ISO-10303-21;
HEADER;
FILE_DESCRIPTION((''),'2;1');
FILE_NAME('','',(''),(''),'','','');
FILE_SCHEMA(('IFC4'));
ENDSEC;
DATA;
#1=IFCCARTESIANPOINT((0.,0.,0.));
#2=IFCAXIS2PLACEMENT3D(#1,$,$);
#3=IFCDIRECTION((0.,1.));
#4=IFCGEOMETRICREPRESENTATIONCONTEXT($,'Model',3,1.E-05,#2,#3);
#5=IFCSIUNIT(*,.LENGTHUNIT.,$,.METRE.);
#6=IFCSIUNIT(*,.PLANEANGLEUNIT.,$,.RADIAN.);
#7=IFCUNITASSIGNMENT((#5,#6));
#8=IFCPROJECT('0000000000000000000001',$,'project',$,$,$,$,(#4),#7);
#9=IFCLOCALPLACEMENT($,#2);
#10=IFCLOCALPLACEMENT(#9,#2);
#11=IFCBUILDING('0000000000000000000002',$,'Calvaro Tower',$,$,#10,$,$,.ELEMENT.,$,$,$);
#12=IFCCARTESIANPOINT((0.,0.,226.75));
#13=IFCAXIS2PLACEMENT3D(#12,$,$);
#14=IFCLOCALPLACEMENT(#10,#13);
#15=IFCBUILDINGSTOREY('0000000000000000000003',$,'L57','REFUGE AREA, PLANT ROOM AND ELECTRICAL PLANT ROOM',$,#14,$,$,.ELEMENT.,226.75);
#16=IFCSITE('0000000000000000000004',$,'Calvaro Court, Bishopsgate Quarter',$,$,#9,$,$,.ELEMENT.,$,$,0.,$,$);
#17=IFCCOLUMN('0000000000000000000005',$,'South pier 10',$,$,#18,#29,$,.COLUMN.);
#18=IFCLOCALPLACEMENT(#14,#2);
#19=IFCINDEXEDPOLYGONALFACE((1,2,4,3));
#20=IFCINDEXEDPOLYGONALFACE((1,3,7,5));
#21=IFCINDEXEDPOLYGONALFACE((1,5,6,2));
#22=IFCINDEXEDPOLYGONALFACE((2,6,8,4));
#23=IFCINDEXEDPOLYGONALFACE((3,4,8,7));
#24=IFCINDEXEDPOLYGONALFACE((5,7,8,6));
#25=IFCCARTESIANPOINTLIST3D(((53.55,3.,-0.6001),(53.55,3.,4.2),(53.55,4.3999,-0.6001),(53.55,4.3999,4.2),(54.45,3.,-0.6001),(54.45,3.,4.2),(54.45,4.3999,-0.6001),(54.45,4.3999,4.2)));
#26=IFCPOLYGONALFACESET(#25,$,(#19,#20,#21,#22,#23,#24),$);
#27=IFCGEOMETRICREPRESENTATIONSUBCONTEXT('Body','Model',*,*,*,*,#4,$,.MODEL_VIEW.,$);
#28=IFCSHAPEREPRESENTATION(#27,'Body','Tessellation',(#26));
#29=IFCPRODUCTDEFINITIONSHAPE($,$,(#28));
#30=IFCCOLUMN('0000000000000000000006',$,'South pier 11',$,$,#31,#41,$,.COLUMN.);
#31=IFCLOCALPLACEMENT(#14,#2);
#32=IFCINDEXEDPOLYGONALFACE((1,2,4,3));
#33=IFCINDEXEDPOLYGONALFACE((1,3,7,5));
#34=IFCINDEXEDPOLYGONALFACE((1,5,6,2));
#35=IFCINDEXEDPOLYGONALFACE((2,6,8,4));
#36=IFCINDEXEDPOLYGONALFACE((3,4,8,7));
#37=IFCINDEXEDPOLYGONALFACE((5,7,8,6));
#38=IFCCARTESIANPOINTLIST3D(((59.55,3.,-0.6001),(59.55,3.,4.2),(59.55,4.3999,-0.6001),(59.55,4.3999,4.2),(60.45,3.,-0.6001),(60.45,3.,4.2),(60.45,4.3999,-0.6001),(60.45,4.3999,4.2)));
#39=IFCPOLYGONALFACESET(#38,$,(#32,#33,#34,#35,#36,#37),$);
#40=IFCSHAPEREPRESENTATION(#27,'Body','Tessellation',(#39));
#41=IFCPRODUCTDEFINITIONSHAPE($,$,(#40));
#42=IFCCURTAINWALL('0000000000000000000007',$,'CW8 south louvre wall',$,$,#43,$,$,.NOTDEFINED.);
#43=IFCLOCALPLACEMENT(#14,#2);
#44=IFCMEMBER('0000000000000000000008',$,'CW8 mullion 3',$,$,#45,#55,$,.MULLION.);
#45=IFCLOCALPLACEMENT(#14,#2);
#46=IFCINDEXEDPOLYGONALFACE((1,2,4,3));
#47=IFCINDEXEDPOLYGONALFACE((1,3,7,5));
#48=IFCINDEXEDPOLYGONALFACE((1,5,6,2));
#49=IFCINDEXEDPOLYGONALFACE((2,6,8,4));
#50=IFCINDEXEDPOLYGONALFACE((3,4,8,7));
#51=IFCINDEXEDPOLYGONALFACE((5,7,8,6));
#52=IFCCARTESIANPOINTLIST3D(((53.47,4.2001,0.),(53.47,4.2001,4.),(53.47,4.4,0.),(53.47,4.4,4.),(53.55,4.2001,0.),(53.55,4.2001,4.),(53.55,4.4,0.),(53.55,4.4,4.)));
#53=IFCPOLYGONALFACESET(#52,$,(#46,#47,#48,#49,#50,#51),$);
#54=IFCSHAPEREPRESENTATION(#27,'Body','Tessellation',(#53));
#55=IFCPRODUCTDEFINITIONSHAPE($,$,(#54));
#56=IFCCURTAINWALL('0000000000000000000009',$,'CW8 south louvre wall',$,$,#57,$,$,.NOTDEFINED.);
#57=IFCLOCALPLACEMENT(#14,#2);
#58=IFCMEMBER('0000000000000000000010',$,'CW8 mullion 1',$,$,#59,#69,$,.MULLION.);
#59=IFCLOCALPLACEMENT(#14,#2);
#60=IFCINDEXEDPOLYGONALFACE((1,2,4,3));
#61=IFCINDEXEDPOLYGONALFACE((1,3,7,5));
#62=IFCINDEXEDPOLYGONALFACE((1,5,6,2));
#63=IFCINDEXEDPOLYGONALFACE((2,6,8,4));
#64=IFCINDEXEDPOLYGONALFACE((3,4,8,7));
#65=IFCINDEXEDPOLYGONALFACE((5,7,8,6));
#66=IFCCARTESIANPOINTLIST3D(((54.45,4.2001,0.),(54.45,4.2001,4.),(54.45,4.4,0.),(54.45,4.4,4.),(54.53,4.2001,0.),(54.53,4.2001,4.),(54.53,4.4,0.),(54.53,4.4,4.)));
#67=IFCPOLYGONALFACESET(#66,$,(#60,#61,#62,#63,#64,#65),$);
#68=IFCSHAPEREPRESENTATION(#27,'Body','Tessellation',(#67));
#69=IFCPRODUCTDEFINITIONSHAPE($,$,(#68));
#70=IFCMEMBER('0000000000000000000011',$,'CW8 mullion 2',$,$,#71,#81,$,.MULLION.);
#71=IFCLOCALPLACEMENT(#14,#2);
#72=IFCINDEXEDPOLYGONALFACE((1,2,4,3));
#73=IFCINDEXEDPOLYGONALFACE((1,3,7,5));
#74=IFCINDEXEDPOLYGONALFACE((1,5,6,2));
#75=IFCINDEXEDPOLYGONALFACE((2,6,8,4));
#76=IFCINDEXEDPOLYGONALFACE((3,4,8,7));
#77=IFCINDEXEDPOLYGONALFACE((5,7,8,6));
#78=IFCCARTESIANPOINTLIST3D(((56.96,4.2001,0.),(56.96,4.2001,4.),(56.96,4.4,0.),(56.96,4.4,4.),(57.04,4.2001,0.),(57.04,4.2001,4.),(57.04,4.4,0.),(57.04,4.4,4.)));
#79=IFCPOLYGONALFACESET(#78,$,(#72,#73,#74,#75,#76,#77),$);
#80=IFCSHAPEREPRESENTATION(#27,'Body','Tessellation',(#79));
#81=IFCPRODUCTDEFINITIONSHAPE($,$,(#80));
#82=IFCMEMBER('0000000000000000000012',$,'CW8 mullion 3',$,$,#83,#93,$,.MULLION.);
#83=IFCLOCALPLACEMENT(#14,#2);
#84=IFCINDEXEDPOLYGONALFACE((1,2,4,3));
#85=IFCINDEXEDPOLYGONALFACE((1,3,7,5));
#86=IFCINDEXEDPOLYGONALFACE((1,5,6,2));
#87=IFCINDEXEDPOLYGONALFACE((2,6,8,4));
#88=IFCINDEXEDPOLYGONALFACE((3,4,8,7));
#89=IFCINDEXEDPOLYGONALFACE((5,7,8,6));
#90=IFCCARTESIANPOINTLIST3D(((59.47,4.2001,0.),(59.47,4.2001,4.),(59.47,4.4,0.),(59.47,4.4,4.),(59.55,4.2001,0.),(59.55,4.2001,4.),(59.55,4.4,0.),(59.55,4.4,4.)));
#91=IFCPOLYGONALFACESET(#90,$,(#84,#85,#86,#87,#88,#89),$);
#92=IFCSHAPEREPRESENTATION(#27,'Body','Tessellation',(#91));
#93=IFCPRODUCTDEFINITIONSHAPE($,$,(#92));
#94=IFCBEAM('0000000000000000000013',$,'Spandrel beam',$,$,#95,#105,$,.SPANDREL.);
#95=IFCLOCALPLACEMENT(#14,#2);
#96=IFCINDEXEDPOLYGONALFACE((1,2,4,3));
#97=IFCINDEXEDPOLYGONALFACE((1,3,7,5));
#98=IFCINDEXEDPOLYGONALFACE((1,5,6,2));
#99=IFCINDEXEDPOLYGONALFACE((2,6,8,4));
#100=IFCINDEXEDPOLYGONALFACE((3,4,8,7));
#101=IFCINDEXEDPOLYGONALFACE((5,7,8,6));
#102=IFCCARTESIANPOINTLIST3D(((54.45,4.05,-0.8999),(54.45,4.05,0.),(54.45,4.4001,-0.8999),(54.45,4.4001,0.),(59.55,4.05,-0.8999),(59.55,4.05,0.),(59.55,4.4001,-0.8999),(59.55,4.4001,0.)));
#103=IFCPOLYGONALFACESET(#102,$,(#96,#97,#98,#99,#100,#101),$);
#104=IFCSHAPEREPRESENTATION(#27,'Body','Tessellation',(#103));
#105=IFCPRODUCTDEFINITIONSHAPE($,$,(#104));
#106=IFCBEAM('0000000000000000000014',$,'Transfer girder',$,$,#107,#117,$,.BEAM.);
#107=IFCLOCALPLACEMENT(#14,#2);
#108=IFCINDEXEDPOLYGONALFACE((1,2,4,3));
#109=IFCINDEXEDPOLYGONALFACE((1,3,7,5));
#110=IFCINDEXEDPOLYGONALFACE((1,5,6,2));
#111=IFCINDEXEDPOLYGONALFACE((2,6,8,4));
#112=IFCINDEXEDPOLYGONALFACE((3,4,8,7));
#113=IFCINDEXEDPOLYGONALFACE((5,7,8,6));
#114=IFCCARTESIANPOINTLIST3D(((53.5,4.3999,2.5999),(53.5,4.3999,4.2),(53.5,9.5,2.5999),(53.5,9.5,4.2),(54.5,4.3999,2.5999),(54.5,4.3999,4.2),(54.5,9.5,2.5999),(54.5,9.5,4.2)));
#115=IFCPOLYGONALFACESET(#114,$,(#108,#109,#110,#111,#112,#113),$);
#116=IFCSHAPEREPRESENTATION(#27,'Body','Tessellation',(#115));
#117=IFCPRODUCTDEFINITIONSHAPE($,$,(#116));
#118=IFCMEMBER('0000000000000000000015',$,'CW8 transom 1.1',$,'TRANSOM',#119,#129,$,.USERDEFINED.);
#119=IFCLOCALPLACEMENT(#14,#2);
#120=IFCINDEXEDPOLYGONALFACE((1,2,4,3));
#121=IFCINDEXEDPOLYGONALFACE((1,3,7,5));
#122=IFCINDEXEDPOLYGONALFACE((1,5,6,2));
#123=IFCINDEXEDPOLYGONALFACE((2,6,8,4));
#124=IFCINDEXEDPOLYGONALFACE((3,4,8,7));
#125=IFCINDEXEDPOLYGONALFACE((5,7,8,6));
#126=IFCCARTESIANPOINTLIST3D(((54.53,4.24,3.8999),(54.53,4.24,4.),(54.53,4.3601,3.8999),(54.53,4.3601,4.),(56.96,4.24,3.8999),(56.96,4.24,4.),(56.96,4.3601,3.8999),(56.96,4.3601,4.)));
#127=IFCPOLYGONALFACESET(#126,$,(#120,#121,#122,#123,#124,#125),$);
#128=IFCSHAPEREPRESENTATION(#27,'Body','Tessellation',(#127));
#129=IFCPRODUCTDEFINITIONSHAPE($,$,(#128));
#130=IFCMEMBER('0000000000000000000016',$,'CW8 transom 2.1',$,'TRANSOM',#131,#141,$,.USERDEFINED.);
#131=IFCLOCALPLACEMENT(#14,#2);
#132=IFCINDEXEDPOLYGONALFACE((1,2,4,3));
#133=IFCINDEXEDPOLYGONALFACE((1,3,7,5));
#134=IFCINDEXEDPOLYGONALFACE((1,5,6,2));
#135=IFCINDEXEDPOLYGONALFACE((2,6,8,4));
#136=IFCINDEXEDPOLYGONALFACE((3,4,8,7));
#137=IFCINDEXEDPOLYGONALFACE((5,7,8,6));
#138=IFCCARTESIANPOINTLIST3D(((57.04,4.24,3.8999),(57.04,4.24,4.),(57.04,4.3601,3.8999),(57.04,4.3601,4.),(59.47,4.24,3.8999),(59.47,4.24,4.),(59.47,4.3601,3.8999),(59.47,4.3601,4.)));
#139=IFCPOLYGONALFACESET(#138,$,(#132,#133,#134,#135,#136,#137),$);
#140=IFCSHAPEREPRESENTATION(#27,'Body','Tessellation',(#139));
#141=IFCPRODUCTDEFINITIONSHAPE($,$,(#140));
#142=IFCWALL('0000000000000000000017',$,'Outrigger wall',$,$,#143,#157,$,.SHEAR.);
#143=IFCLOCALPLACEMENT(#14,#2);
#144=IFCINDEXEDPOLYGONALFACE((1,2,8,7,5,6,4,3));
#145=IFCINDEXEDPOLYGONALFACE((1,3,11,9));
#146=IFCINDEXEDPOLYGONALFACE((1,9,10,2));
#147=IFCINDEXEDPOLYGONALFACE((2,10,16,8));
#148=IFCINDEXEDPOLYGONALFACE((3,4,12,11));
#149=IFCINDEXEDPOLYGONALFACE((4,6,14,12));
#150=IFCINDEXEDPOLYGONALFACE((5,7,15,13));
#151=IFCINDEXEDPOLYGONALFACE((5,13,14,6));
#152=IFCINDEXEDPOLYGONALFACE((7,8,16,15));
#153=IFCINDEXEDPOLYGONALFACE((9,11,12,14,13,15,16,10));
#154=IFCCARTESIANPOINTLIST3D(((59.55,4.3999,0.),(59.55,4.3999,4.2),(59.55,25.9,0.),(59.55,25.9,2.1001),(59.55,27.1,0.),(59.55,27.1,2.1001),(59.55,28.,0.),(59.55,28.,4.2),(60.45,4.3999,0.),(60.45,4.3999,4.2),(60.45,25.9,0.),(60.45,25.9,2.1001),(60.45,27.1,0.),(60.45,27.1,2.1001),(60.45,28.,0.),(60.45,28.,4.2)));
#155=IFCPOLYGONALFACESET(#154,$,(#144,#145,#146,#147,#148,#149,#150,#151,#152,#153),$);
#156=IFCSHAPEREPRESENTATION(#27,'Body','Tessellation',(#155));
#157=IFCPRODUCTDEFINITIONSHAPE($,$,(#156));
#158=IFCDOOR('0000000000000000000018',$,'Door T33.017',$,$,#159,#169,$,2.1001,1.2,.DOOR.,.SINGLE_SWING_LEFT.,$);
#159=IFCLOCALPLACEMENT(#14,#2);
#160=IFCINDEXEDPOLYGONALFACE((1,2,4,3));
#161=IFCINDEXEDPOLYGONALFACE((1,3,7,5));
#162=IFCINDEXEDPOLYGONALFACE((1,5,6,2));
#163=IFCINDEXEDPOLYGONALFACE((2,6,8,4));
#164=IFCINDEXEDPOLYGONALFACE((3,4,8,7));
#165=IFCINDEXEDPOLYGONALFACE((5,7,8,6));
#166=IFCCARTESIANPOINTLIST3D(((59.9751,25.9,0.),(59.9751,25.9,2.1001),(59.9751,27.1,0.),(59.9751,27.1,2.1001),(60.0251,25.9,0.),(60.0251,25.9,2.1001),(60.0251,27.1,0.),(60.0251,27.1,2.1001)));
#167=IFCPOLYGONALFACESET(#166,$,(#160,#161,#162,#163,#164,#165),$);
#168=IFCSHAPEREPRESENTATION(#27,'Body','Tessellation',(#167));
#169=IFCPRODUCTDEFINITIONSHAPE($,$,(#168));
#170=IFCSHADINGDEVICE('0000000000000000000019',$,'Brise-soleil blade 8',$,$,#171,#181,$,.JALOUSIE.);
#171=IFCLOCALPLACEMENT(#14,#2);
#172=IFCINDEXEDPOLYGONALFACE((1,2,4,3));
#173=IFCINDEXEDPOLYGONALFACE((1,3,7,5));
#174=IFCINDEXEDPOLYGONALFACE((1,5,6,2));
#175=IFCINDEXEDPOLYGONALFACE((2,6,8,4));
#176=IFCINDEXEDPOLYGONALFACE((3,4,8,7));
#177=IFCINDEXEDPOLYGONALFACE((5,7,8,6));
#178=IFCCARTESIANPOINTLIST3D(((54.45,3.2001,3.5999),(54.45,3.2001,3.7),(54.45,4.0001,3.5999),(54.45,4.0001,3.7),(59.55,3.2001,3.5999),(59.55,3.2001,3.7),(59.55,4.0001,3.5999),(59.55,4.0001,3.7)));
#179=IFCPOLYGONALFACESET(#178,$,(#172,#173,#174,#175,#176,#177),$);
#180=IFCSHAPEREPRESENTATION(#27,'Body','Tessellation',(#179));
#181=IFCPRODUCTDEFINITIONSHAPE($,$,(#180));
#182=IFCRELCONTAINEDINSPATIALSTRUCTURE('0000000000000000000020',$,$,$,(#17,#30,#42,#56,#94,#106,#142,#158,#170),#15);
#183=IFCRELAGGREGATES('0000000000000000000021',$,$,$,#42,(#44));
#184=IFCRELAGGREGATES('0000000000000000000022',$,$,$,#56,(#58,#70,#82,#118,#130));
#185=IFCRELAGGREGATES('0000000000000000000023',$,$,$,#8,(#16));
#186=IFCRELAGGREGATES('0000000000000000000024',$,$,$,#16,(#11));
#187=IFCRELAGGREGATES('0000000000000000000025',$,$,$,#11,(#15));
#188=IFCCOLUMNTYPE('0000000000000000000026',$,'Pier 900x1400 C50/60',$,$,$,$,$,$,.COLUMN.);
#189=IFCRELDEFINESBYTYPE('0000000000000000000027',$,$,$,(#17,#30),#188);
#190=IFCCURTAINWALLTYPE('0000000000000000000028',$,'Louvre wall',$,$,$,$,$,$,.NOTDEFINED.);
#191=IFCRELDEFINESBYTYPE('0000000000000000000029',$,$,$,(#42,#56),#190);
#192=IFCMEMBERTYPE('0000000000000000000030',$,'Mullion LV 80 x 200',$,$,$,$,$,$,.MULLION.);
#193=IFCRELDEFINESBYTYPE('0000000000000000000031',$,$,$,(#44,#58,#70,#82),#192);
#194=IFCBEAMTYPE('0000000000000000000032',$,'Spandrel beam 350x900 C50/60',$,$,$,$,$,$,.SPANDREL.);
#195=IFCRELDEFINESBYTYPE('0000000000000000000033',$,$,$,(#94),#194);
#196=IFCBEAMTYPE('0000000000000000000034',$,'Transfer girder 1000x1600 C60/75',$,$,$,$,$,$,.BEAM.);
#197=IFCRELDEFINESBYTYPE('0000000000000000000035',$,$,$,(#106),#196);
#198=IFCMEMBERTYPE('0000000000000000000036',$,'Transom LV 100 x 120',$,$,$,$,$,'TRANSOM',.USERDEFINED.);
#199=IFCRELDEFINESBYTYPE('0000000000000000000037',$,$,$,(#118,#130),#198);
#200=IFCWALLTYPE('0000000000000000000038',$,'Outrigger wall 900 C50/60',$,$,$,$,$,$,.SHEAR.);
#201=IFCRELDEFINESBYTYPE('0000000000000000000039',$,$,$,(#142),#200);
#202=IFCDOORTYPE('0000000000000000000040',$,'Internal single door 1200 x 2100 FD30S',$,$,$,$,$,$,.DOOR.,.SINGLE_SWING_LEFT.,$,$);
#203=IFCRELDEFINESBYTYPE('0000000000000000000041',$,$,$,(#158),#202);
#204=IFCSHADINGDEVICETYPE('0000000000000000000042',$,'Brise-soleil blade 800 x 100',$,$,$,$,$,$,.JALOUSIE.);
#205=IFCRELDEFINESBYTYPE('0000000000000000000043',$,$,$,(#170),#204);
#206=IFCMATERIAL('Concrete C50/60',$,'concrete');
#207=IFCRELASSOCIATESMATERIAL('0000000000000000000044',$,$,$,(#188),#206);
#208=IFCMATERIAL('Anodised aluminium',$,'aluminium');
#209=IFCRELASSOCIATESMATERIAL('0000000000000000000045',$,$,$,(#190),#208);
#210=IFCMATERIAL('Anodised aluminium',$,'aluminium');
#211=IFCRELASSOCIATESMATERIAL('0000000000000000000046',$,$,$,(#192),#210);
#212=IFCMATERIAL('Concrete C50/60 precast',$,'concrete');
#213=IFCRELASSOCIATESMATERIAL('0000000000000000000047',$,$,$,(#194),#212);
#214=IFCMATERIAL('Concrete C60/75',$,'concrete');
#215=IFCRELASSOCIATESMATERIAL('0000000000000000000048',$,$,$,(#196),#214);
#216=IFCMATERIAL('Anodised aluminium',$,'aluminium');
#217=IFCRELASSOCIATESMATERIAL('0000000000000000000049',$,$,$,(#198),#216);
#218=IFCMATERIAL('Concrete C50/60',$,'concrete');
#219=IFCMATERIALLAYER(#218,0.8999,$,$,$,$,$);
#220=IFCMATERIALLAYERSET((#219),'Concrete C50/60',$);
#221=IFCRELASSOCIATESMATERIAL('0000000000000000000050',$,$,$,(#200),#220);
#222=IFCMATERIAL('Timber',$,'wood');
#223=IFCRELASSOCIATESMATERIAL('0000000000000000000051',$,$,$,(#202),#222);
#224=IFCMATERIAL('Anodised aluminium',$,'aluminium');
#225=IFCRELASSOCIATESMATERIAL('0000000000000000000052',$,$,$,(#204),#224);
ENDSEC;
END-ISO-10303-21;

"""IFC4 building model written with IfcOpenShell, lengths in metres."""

from ifc_helpers import new_model, si_unit, direction, frame, frame_2d, origin, origin_2d, place, context, subcontext, project, spatial, rectangle, extrude, material, layer, layer_set, material_profile, profile_set, type_object, element, fill, aggregate, save


model = new_model("IFC4")

# Units and contexts
model_context = context("Model", 3, precision=1e-05, world=origin(), true_north=direction((0.0, 1.0)))
body_context = subcontext(model_context, "Body", "Model", "MODEL_VIEW")
ifc_project = project(units=[si_unit("LENGTHUNIT", "METRE"), si_unit("PLANEANGLEUNIT", "RADIAN")], contexts=[model_context])

# Site, building, storey
site_placement = place(None, origin())
site = spatial("IfcSite", under=ifc_project, at=site_placement, Name="Calvaro Court, Bishopsgate Quarter", CompositionType="ELEMENT", RefElevation=0.0)
building_placement = place(site_placement, origin())
building = spatial("IfcBuilding", under=site, at=building_placement, Name="Calvaro Tower", CompositionType="ELEMENT")
storey_placement = place(building_placement, frame((0.0, 0.0, 226.75)))
storey = spatial("IfcBuildingStorey", under=building, at=storey_placement, Name="L57", Description="REFUGE AREA, PLANT ROOM AND ELECTRICAL PLANT ROOM", CompositionType="ELEMENT", Elevation=226.75)

# Columns
ifc_material_1 = material(Name="Concrete C50/60", Category="concrete")
ifc_material_profile_1 = material_profile(ifc_material_1, rectangle(XDim=0.8999, YDim=1.3999, at=origin_2d()), Name="RC 900x1400")
ifc_profile_set_1 = profile_set([ifc_material_profile_1], Name="Concrete C50/60")
column_type = type_object("IfcColumnType", Name="Pier 900x1400 C50/60", PredefinedType="COLUMN", material=ifc_profile_set_1)
for number, where, z_axis, x_axis, name in (
    (1, (54.0, 3.7, -0.6001), (0.0, 0.0, 1.0), (1.0, 0.0, 0.0), "South pier 10"),
    (2, (60.0, 3.7, -0.6001), (0.0, 0.0, 1.0), (1.0, 0.0, 0.0), "South pier 11"),
):
    element("IfcColumn", number, at=place(storey_placement, frame(where, z_axis=z_axis, x_axis=x_axis)), inside=storey, type_object=column_type, Name=name, PredefinedType="COLUMN", context=body_context, shape_type="SweptSolid", body=[
        extrude(rectangle(XDim=0.8999, YDim=1.3999, at=origin_2d()), origin(), (0.0, 0.0, 1.0), 4.8),
    ])

# Curtain wall, member
ifc_material_2 = material(Name="Anodised aluminium", Category="aluminium")
curtain_wall_type = type_object("IfcCurtainWallType", Name="Louvre wall", PredefinedType="NOTDEFINED", material=ifc_material_2)
curtain_wall_1_placement = place(storey_placement, origin())
curtain_wall_1 = element("IfcCurtainWall", 3, at=curtain_wall_1_placement, inside=storey, type_object=curtain_wall_type, Name="CW8 south louvre wall", PredefinedType="NOTDEFINED")
ifc_material_3 = material(Name="Anodised aluminium", Category="aluminium")
ifc_material_profile_2 = material_profile(ifc_material_3, rectangle(XDim=0.2, YDim=0.0801, at=origin_2d()), Name="Mullion LV 80 x 200")
ifc_profile_set_2 = profile_set([ifc_material_profile_2], Name="Anodised aluminium")
member_type_1 = type_object("IfcMemberType", Name="Mullion LV 80 x 200", PredefinedType="MULLION", material=ifc_profile_set_2)
member_1_placement = place(storey_placement, frame((53.51, 4.3, 0.0), z_axis=(0.0, 0.0, 1.0), x_axis=(0.0, 1.0, 0.0)))
member_1 = element("IfcMember", 4, at=member_1_placement, type_object=member_type_1, Name="CW8 mullion 3", PredefinedType="MULLION", context=body_context, shape_type="SweptSolid", body=[
    extrude(rectangle(XDim=0.2, YDim=0.0801, at=origin_2d()), origin(), (0.0, 0.0, 1.0), 4.0),
])
aggregate(curtain_wall_1, [member_1])

# Curtain wall, members
curtain_wall_2_placement = place(storey_placement, origin())
curtain_wall_2 = element("IfcCurtainWall", 5, at=curtain_wall_2_placement, inside=storey, type_object=curtain_wall_type, Name="CW8 south louvre wall", PredefinedType="NOTDEFINED")
member_2_placement = place(storey_placement, frame((54.49, 4.3, 0.0), z_axis=(0.0, 0.0, 1.0), x_axis=(0.0, 1.0, 0.0)))
member_2 = element("IfcMember", 6, at=member_2_placement, type_object=member_type_1, Name="CW8 mullion 1", PredefinedType="MULLION", context=body_context, shape_type="SweptSolid", body=[
    extrude(rectangle(XDim=0.2, YDim=0.0801, at=origin_2d()), origin(), (0.0, 0.0, 1.0), 4.0),
])
member_3_placement = place(storey_placement, frame((57.0, 4.3, 0.0), z_axis=(0.0, 0.0, 1.0), x_axis=(0.0, 1.0, 0.0)))
member_3 = element("IfcMember", 7, at=member_3_placement, type_object=member_type_1, Name="CW8 mullion 2", PredefinedType="MULLION", context=body_context, shape_type="SweptSolid", body=[
    extrude(rectangle(XDim=0.2, YDim=0.0801, at=origin_2d()), origin(), (0.0, 0.0, 1.0), 4.0),
])
member_4_placement = place(storey_placement, frame((59.51, 4.3, 0.0), z_axis=(0.0, 0.0, 1.0), x_axis=(0.0, 1.0, 0.0)))
member_4 = element("IfcMember", 8, at=member_4_placement, type_object=member_type_1, Name="CW8 mullion 3", PredefinedType="MULLION", context=body_context, shape_type="SweptSolid", body=[
    extrude(rectangle(XDim=0.2, YDim=0.0801, at=origin_2d()), origin(), (0.0, 0.0, 1.0), 4.0),
])

# Beams
ifc_material_4 = material(Name="Concrete C50/60 precast", Category="concrete")
ifc_material_profile_3 = material_profile(ifc_material_4, rectangle(XDim=0.3501, YDim=0.8999, at=origin_2d()), Name="RC 350x900")
ifc_profile_set_3 = profile_set([ifc_material_profile_3], Name="Concrete C50/60 precast")
beam_type_1 = type_object("IfcBeamType", Name="Spandrel beam 350x900 C50/60", PredefinedType="SPANDREL", material=ifc_profile_set_3)
beam_1_placement = place(storey_placement, frame((54.45, 4.2251, -0.45), z_axis=(1.0, 0.0, 0.0), x_axis=(0.0, 1.0, 0.0)))
element("IfcBeam", 9, at=beam_1_placement, inside=storey, type_object=beam_type_1, Name="Spandrel beam", PredefinedType="SPANDREL", context=body_context, shape_type="SweptSolid", body=[
    extrude(rectangle(XDim=0.3501, YDim=0.8999, at=origin_2d()), origin(), (0.0, 0.0, 1.0), 5.1001),
])
ifc_material_5 = material(Name="Concrete C60/75", Category="concrete")
ifc_material_profile_4 = material_profile(ifc_material_5, rectangle(XDim=1.0, YDim=1.6001, at=origin_2d()), Name="RC 1000x1600")
ifc_profile_set_4 = profile_set([ifc_material_profile_4], Name="Concrete C60/75")
beam_type_2 = type_object("IfcBeamType", Name="Transfer girder 1000x1600 C60/75", PredefinedType="BEAM", material=ifc_profile_set_4)
beam_2_placement = place(storey_placement, frame((54.0, 4.3999, 3.3999), z_axis=(0.0, 1.0, 0.0), x_axis=(-1.0, 0.0, 0.0)))
element("IfcBeam", 10, at=beam_2_placement, inside=storey, type_object=beam_type_2, Name="Transfer girder", PredefinedType="BEAM", context=body_context, shape_type="SweptSolid", body=[
    extrude(rectangle(XDim=1.0, YDim=1.6001, at=origin_2d()), origin(), (0.0, 0.0, 1.0), 5.1001),
])

# Members
ifc_material_6 = material(Name="Anodised aluminium", Category="aluminium")
ifc_material_profile_5 = material_profile(ifc_material_6, rectangle(XDim=0.1201, YDim=0.1001, at=origin_2d()), Name="Transom LV 100 x 120")
ifc_profile_set_5 = profile_set([ifc_material_profile_5], Name="Anodised aluminium")
member_type_2 = type_object("IfcMemberType", Name="Transom LV 100 x 120", ElementType="TRANSOM", PredefinedType="USERDEFINED", material=ifc_profile_set_5)
member_5_placement = place(storey_placement, frame((54.53, 4.3, 3.95), z_axis=(1.0, 0.0, 0.0), x_axis=(0.0, 1.0, 0.0)))
member_5 = element("IfcMember", 11, at=member_5_placement, type_object=member_type_2, Name="CW8 transom 1.1", ObjectType="TRANSOM", PredefinedType="USERDEFINED", context=body_context, shape_type="SweptSolid", body=[
    extrude(rectangle(XDim=0.1201, YDim=0.1001, at=origin_2d()), origin(), (0.0, 0.0, 1.0), 2.4299),
])
member_6_placement = place(storey_placement, frame((57.04, 4.3, 3.95), z_axis=(1.0, 0.0, 0.0), x_axis=(0.0, 1.0, 0.0)))
member_6 = element("IfcMember", 12, at=member_6_placement, type_object=member_type_2, Name="CW8 transom 2.1", ObjectType="TRANSOM", PredefinedType="USERDEFINED", context=body_context, shape_type="SweptSolid", body=[
    extrude(rectangle(XDim=0.1201, YDim=0.1001, at=origin_2d()), origin(), (0.0, 0.0, 1.0), 2.4299),
])

# Wall, opening, door
ifc_material_7 = material(Name="Concrete C50/60", Category="concrete")
ifc_layer_1 = layer(ifc_material_7, 0.8999)
ifc_layer_set_1 = layer_set([ifc_layer_1], Name="Concrete C50/60")
wall_type = type_object("IfcWallType", Name="Outrigger wall 900 C50/60", PredefinedType="SHEAR", material=ifc_layer_set_1)
wall_placement = place(storey_placement, frame((60.0, 4.3999, 0.0), z_axis=(0.0, 0.0, 1.0), x_axis=(0.0, 1.0, 0.0)))
wall = element("IfcWall", 13, at=wall_placement, inside=storey, type_object=wall_type, Name="Outrigger wall", PredefinedType="SHEAR", context=body_context, shape_type="SweptSolid", body=[
    extrude(rectangle(XDim=23.6001, YDim=0.8999, at=frame_2d((11.8, 0.0))), origin(), (0.0, 0.0, 1.0), 4.2),
])
opening_placement = place(wall_placement, frame((21.5, 0.0, 0.0)))
opening = element("IfcOpeningElement", 14, at=opening_placement, cuts=wall, PredefinedType="OPENING", context=body_context, shape_type="SweptSolid", body=[
    extrude(rectangle(XDim=1.2, YDim=2.1001, at=frame_2d((0.6001, 1.05))), frame((0.0, 0.46, 0.0), z_axis=(0.0, -1.0, 0.0), x_axis=(1.0, 0.0, 0.0)), (0.0, 0.0, 1.0), 0.9199),
])
ifc_material_8 = material(Name="Timber", Category="wood")
door_type = type_object("IfcDoorType", Name="Internal single door 1200 x 2100 FD30S", OperationType="SINGLE_SWING_LEFT", PredefinedType="DOOR", material=ifc_material_8)
door_placement = place(opening_placement, origin())
door = element("IfcDoor", 15, at=door_placement, inside=storey, type_object=door_type, Name="Door T33.017", OperationType="SINGLE_SWING_LEFT", OverallHeight=2.1001, OverallWidth=1.2, PredefinedType="DOOR", context=body_context, shape_type="SweptSolid", body=[
    extrude(rectangle(XDim=1.2, YDim=2.1001, at=frame_2d((0.6001, 1.05))), frame((0.0, 0.0249, 0.0), z_axis=(0.0, -1.0, 0.0), x_axis=(1.0, 0.0, 0.0)), (0.0, 0.0, 1.0), 0.05),
])
fill(opening, door)

# Shading device
ifc_material_9 = material(Name="Anodised aluminium", Category="aluminium")
ifc_material_profile_6 = material_profile(ifc_material_9, rectangle(XDim=0.8, YDim=0.1001, at=origin_2d()), Name="Brise-soleil blade 800 x 100")
ifc_profile_set_6 = profile_set([ifc_material_profile_6], Name="Anodised aluminium")
shading_device_type_1 = type_object("IfcShadingDeviceType", Name="Brise-soleil blade 800 x 100", PredefinedType="JALOUSIE", material=ifc_profile_set_6)
for number, where, z_axis, x_axis, name in (
    (16, (54.45, 3.6001, 3.6499), (1.0, 0.0, 0.0), (0.0, 1.0, 0.0), "Brise-soleil blade 8"),
):
    element("IfcShadingDevice", number, at=place(storey_placement, frame(where, z_axis=z_axis, x_axis=x_axis)), inside=storey, type_object=shading_device_type_1, Name=name, PredefinedType="JALOUSIE", context=body_context, shape_type="SweptSolid", body=[
        extrude(rectangle(XDim=0.8, YDim=0.1001, at=origin_2d()), origin(), (0.0, 0.0, 1.0), 5.1001),
    ])

aggregate(curtain_wall_2, [member_2, member_3, member_4, member_5, member_6])

save(model, "model.ifc")
